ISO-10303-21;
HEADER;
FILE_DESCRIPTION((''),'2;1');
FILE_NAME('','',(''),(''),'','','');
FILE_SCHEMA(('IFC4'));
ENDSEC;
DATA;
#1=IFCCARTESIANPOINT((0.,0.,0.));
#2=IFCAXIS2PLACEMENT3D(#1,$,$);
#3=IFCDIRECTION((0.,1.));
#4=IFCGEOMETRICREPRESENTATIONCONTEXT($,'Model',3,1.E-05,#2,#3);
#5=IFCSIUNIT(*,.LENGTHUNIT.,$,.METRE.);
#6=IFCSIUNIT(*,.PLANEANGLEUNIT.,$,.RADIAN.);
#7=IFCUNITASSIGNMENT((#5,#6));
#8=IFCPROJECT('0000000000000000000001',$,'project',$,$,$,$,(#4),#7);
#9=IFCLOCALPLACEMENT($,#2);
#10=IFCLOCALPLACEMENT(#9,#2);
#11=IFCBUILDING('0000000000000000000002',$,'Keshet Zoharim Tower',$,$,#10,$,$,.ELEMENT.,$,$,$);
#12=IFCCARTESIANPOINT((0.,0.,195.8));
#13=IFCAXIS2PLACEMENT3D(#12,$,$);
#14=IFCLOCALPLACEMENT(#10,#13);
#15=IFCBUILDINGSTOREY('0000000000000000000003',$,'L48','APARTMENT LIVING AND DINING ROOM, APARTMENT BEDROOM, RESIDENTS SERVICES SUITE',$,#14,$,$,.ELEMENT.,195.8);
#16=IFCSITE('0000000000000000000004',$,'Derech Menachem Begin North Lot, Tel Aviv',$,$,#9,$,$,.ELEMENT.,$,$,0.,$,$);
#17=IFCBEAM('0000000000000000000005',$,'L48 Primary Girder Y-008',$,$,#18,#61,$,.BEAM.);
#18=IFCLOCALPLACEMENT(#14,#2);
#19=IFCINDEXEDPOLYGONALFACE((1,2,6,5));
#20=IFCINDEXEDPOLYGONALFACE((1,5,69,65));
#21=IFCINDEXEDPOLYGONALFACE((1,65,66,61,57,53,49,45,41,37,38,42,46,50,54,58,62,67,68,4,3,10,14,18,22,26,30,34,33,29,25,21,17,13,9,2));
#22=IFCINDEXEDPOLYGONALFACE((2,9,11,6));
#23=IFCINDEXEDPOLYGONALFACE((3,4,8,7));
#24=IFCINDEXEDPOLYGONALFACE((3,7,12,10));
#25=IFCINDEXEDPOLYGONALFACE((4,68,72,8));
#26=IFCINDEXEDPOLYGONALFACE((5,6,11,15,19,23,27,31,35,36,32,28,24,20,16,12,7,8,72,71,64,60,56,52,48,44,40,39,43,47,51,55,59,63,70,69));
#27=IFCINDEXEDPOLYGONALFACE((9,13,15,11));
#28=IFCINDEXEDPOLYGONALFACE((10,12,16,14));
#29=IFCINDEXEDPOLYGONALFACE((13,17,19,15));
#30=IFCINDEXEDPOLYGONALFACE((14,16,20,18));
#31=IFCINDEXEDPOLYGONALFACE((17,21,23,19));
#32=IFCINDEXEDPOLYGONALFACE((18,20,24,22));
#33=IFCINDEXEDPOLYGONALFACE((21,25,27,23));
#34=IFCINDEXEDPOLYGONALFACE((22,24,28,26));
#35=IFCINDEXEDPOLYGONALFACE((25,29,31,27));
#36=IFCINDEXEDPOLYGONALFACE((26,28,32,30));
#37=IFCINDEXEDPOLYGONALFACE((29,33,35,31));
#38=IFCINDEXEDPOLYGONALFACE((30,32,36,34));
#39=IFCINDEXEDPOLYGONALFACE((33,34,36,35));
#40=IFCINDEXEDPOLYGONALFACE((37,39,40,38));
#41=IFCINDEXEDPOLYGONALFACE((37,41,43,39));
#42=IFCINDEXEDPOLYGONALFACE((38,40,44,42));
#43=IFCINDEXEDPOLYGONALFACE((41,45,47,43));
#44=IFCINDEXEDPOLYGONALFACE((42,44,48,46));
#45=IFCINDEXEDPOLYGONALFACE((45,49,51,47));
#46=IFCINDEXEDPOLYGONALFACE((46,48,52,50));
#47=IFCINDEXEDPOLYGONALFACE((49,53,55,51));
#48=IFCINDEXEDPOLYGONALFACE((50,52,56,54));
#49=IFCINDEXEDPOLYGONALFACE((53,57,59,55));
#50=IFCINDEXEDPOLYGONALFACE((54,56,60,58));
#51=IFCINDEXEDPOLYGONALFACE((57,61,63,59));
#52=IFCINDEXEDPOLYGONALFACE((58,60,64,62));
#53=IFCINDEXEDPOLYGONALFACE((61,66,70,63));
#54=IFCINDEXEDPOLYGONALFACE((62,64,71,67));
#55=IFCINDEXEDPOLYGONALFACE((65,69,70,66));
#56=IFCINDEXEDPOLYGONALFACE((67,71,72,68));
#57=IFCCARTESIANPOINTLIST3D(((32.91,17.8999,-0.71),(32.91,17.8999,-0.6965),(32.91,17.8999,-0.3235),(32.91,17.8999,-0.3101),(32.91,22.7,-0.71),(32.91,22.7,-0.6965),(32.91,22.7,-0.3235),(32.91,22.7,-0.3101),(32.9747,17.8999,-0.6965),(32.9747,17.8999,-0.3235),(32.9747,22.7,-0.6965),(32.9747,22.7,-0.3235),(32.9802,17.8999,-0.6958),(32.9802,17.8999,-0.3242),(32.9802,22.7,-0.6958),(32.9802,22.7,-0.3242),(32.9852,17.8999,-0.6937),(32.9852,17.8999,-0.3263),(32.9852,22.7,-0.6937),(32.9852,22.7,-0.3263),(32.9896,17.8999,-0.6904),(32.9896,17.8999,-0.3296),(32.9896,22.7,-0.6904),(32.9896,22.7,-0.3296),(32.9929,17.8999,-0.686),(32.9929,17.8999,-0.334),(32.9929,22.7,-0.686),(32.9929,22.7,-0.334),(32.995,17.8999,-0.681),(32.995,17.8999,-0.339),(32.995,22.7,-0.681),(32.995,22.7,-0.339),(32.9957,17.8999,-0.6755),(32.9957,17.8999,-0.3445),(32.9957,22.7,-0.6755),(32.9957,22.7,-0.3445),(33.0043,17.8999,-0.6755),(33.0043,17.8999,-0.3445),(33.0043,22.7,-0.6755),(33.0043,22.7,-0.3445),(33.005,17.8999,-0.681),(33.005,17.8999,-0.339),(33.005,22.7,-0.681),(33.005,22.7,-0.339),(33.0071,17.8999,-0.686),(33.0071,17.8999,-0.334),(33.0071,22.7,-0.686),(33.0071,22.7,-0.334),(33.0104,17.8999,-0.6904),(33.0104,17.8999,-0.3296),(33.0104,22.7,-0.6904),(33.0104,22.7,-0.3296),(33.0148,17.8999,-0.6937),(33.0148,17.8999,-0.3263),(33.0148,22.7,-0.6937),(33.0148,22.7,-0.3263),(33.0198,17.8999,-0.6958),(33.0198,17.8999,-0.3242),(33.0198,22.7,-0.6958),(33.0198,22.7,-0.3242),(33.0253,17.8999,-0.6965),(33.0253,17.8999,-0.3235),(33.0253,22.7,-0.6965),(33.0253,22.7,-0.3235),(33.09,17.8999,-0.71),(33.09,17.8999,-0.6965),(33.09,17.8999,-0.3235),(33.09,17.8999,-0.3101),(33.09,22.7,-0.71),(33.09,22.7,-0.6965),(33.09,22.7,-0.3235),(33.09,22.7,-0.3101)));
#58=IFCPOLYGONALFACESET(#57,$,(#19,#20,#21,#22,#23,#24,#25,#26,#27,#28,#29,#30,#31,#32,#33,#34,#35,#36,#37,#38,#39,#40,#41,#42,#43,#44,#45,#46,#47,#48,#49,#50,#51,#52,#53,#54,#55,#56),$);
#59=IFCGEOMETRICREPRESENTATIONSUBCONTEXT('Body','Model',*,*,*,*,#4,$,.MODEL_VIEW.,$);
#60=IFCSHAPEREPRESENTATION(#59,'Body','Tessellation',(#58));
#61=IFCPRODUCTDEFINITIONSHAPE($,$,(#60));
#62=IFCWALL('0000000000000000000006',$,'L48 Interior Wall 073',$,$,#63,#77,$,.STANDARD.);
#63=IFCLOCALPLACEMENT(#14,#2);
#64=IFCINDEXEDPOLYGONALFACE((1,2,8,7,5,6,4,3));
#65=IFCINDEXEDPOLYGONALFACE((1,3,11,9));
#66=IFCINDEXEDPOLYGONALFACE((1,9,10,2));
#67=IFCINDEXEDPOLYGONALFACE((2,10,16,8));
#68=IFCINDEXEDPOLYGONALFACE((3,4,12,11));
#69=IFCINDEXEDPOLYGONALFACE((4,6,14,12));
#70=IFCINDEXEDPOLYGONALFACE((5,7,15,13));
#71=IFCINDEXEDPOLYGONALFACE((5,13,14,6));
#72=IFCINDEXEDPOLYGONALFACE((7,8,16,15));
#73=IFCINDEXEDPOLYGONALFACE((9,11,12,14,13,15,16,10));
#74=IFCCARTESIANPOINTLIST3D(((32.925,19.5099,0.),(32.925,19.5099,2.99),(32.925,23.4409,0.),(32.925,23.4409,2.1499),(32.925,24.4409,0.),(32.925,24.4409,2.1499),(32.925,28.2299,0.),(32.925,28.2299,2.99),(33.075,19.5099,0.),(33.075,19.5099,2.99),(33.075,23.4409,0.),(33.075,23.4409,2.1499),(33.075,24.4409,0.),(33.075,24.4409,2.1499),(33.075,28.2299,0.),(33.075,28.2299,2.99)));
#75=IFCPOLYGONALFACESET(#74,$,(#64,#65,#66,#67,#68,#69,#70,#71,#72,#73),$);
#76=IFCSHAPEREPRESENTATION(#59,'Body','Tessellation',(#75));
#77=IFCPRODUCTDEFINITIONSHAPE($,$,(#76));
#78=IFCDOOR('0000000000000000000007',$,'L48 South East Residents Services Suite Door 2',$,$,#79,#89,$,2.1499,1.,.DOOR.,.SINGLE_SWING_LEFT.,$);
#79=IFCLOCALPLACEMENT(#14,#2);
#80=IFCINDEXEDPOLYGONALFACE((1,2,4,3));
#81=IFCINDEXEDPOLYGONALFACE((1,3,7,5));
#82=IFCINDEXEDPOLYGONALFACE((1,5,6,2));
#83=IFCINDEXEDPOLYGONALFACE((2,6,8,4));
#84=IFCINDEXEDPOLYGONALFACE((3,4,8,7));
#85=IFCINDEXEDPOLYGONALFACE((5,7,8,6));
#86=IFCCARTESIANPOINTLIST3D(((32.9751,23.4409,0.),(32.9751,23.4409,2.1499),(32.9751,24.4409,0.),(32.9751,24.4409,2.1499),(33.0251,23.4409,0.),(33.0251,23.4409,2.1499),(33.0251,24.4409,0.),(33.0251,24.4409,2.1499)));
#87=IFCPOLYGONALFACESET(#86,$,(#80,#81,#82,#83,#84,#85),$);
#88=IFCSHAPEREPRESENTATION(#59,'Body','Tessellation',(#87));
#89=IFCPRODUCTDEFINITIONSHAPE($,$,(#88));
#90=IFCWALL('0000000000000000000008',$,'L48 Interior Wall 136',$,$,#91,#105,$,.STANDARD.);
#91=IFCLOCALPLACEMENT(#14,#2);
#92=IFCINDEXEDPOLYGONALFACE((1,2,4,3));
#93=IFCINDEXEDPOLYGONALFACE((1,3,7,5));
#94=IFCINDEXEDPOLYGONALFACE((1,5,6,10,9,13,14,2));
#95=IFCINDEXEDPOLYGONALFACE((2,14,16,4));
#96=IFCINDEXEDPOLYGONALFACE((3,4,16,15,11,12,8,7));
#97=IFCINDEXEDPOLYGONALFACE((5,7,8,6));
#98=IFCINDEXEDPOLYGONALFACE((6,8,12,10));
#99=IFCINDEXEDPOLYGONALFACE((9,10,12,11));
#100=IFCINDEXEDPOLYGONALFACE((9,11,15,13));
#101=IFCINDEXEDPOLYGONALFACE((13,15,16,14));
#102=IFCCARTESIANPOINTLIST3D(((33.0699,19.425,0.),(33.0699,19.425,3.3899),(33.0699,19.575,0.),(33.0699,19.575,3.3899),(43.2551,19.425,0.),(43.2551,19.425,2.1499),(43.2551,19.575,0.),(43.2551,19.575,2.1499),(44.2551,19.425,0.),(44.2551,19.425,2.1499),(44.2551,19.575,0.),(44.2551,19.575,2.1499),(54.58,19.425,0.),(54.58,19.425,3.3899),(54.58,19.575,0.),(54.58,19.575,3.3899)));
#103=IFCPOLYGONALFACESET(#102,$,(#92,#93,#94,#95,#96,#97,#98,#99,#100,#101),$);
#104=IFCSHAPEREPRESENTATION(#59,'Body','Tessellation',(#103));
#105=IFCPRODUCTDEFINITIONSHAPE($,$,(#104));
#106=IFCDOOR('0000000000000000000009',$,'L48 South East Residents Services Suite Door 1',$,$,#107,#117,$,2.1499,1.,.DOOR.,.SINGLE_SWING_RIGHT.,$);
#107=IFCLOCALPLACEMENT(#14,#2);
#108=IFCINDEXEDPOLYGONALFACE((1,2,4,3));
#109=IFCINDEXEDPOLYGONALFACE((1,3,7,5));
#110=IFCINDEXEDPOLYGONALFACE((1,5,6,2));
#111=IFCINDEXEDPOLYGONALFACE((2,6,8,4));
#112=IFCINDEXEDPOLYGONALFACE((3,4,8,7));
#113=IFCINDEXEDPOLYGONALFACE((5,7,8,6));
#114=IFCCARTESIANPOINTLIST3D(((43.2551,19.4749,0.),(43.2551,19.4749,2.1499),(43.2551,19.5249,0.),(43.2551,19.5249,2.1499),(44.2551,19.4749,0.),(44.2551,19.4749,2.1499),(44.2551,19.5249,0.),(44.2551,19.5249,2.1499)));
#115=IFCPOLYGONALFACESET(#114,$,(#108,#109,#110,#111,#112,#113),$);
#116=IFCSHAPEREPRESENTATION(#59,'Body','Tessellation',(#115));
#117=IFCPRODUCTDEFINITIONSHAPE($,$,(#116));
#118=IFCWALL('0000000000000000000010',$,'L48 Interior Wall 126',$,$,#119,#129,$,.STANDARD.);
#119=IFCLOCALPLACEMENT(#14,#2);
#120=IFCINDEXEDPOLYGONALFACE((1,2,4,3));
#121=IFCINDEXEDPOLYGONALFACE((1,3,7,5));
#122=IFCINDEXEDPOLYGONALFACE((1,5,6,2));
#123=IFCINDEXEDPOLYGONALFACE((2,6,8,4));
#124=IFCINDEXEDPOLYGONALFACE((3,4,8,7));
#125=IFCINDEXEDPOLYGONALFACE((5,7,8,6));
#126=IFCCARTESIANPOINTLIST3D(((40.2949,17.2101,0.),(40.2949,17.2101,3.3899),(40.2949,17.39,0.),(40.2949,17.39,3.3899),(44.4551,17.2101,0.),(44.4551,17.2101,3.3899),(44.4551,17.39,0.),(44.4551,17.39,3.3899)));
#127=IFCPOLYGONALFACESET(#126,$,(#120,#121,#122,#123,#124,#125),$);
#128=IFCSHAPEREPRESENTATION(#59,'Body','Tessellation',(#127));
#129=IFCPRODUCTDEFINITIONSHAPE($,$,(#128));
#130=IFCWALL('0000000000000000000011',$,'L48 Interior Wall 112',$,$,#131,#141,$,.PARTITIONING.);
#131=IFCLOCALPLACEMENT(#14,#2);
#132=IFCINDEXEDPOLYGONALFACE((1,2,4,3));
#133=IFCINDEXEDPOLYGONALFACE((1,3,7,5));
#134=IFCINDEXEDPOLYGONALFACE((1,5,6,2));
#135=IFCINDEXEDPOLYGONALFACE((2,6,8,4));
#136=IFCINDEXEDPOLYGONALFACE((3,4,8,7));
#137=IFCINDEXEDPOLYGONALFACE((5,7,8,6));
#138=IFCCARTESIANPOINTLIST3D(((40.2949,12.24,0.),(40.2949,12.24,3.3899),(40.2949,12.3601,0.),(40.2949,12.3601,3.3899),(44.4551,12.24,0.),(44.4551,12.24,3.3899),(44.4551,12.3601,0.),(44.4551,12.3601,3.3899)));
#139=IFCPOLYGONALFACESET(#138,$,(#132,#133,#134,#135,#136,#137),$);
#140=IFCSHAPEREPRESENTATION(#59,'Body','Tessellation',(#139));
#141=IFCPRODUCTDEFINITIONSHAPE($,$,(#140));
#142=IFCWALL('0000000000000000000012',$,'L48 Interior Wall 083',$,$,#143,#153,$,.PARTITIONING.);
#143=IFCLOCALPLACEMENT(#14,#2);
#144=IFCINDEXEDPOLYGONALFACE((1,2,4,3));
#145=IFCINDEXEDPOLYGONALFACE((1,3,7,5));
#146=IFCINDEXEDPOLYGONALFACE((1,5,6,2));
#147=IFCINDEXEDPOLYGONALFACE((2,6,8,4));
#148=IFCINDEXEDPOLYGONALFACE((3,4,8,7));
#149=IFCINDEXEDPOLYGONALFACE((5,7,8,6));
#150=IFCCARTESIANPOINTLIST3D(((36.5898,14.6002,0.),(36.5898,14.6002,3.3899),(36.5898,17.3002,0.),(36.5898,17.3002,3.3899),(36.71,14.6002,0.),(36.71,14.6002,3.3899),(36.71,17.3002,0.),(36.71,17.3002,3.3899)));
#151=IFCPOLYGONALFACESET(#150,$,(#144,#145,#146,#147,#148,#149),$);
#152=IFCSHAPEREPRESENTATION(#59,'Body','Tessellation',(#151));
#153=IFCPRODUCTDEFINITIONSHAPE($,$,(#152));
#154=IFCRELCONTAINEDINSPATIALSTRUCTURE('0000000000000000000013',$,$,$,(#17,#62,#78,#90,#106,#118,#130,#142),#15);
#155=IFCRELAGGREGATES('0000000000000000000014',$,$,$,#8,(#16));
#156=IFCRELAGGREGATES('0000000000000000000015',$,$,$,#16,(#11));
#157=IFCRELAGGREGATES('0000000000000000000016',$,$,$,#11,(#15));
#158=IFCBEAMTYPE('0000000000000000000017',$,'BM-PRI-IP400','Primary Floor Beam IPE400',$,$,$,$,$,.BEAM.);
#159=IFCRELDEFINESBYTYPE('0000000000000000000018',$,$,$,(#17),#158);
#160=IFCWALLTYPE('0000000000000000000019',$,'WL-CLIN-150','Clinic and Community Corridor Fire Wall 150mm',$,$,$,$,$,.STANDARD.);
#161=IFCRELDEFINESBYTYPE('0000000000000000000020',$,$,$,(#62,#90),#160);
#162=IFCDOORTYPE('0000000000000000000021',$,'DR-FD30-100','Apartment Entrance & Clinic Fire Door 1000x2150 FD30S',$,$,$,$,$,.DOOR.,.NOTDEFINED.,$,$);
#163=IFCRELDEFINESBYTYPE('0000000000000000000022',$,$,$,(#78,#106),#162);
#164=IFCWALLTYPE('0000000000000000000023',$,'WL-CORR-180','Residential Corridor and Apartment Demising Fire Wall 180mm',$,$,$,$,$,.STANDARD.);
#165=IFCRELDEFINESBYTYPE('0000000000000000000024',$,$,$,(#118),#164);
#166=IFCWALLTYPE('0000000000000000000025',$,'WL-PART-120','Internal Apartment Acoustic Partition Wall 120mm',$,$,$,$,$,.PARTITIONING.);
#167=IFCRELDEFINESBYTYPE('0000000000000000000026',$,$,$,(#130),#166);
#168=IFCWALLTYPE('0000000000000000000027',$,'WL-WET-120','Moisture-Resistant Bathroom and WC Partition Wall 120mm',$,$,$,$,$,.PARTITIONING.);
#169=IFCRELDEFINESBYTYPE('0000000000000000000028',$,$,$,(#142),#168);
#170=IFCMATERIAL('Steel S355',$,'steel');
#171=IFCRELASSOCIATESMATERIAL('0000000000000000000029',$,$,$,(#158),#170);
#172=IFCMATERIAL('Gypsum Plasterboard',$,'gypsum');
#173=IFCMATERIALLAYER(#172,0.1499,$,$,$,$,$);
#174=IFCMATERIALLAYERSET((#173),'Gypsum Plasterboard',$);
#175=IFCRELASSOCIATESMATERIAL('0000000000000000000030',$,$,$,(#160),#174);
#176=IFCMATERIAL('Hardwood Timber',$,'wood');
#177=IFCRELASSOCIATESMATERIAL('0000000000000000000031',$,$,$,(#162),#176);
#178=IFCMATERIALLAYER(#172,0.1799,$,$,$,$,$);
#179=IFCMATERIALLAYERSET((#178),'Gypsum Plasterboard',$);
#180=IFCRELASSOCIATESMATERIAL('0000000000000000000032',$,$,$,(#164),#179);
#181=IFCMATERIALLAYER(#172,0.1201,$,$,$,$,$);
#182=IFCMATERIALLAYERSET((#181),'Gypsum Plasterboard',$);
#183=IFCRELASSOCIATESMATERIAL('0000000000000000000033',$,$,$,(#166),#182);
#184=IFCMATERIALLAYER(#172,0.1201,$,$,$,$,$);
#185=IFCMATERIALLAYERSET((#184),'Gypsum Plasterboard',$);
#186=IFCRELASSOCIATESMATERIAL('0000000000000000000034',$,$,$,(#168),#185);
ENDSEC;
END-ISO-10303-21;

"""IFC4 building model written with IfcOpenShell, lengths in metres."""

from ifc_helpers import new_model, si_unit, direction, frame, frame_2d, origin, origin_2d, place, context, subcontext, project, spatial, rectangle, i_section, extrude, material, layer, layer_set, material_profile, profile_set, type_object, element, fill, save


model = new_model("IFC4")

# Units and contexts
model_context = context("Model", 3, precision=1e-05, world=origin(), true_north=direction((0.0, 1.0)))
body_context = subcontext(model_context, "Body", "Model", "MODEL_VIEW")
ifc_project = project(units=[si_unit("LENGTHUNIT", "METRE"), si_unit("PLANEANGLEUNIT", "RADIAN")], contexts=[model_context])

# Site, building, storey
site_placement = place(None, origin())
site = spatial("IfcSite", under=ifc_project, at=site_placement, Name="Derech Menachem Begin North Lot, Tel Aviv", CompositionType="ELEMENT", RefElevation=0.0)
building_placement = place(site_placement, origin())
building = spatial("IfcBuilding", under=site, at=building_placement, Name="Keshet Zoharim Tower", CompositionType="ELEMENT")
storey_placement = place(building_placement, frame((0.0, 0.0, 195.8)))
storey = spatial("IfcBuildingStorey", under=building, at=storey_placement, Name="L48", Description="APARTMENT LIVING AND DINING ROOM, APARTMENT BEDROOM, RESIDENTS SERVICES SUITE", CompositionType="ELEMENT", Elevation=195.8)

# Beam
ifc_material_1 = material(Name="Steel S355", Category="steel")
ifc_material_profile_1 = material_profile(ifc_material_1, i_section(OverallWidth=0.1799, OverallDepth=0.3999, WebThickness=0.0085, FlangeThickness=0.0134, FilletRadius=0.021, at=origin_2d()), Name="IPE400")
ifc_profile_set_1 = profile_set([ifc_material_profile_1], Name="Steel S355")
beam_type_1 = type_object("IfcBeamType", Name="BM-PRI-IP400", Description="Primary Floor Beam IPE400", PredefinedType="BEAM", material=ifc_profile_set_1)
beam_1_placement = place(storey_placement, frame((33.0, 17.8999, -0.51), z_axis=(0.0, 1.0, 0.0), x_axis=(-1.0, 0.0, 0.0)))
element("IfcBeam", 1, at=beam_1_placement, inside=storey, type_object=beam_type_1, Name="L48 Primary Girder Y-008", PredefinedType="BEAM", context=body_context, shape_type="SweptSolid", body=[
    extrude(i_section(OverallWidth=0.1799, OverallDepth=0.3999, WebThickness=0.0085, FlangeThickness=0.0134, FilletRadius=0.021, at=origin_2d()), origin(), (0.0, 0.0, 1.0), 4.8),
])

# Walls, openings, doors
ifc_material_2 = material(Name="Gypsum Plasterboard", Category="gypsum")
ifc_layer_1 = layer(ifc_material_2, 0.1499)
ifc_layer_set_1 = layer_set([ifc_layer_1], Name="Gypsum Plasterboard")
wall_type_1 = type_object("IfcWallType", Name="WL-CLIN-150", Description="Clinic and Community Corridor Fire Wall 150mm", PredefinedType="STANDARD", material=ifc_layer_set_1)
wall_1_placement = place(storey_placement, frame((33.0, 19.51, 0.0), z_axis=(0.0, 0.0, 1.0), x_axis=(0.0, 1.0, 0.0)))
wall_1 = element("IfcWall", 2, at=wall_1_placement, inside=storey, type_object=wall_type_1, Name="L48 Interior Wall 073", PredefinedType="STANDARD", context=body_context, shape_type="SweptSolid", body=[
    extrude(rectangle(XDim=8.72, YDim=0.1499, at=frame_2d((4.3599, 0.0))), origin(), (0.0, 0.0, 1.0), 2.99),
])
opening_1_placement = place(wall_1_placement, frame((3.9309, 0.0, 0.0)))
opening_1 = element("IfcOpeningElement", 3, at=opening_1_placement, cuts=wall_1, PredefinedType="OPENING", context=body_context, shape_type="SweptSolid", body=[
    extrude(rectangle(XDim=1.0, YDim=2.1499, at=frame_2d((0.5, 1.075))), frame((0.0, 0.085, 0.0), z_axis=(0.0, -1.0, 0.0), x_axis=(1.0, 0.0, 0.0)), (0.0, 0.0, 1.0), 0.1699),
])
ifc_material_3 = material(Name="Hardwood Timber", Category="wood")
door_type_1 = type_object("IfcDoorType", Name="DR-FD30-100", Description="Apartment Entrance & Clinic Fire Door 1000x2150 FD30S", OperationType="NOTDEFINED", PredefinedType="DOOR", material=ifc_material_3)
door_1_placement = place(opening_1_placement, origin())
door_1 = element("IfcDoor", 4, at=door_1_placement, inside=storey, type_object=door_type_1, Name="L48 South East Residents Services Suite Door 2", OperationType="SINGLE_SWING_LEFT", OverallHeight=2.1499, OverallWidth=1.0, PredefinedType="DOOR", context=body_context, shape_type="SweptSolid", body=[
    extrude(rectangle(XDim=1.0, YDim=2.1499, at=frame_2d((0.5, 1.075))), frame((0.0, 0.0249, 0.0), z_axis=(0.0, -1.0, 0.0), x_axis=(1.0, 0.0, 0.0)), (0.0, 0.0, 1.0), 0.05),
])
fill(opening_1, door_1)
wall_2_placement = place(storey_placement, frame((33.0701, 19.5, 0.0), z_axis=(0.0, 0.0, 1.0), x_axis=(1.0, 0.0, 0.0)))
wall_2 = element("IfcWall", 5, at=wall_2_placement, inside=storey, type_object=wall_type_1, Name="L48 Interior Wall 136", PredefinedType="STANDARD", context=body_context, shape_type="SweptSolid", body=[
    extrude(rectangle(XDim=21.51, YDim=0.1499, at=frame_2d((10.7549, 0.0))), origin(), (0.0, 0.0, 1.0), 3.3899),
])
opening_2_placement = place(wall_2_placement, frame((10.1851, 0.0, 0.0)))
opening_2 = element("IfcOpeningElement", 6, at=opening_2_placement, cuts=wall_2, PredefinedType="OPENING", context=body_context, shape_type="SweptSolid", body=[
    extrude(rectangle(XDim=1.0, YDim=2.1499, at=frame_2d((0.5, 1.075))), frame((0.0, 0.085, 0.0), z_axis=(0.0, -1.0, 0.0), x_axis=(1.0, 0.0, 0.0)), (0.0, 0.0, 1.0), 0.1699),
])
door_2_placement = place(opening_2_placement, origin())
door_2 = element("IfcDoor", 7, at=door_2_placement, inside=storey, type_object=door_type_1, Name="L48 South East Residents Services Suite Door 1", OperationType="SINGLE_SWING_RIGHT", OverallHeight=2.1499, OverallWidth=1.0, PredefinedType="DOOR", context=body_context, shape_type="SweptSolid", body=[
    extrude(rectangle(XDim=1.0, YDim=2.1499, at=frame_2d((0.5, 1.075))), frame((0.0, 0.0249, 0.0), z_axis=(0.0, -1.0, 0.0), x_axis=(1.0, 0.0, 0.0)), (0.0, 0.0, 1.0), 0.05),
])
fill(opening_2, door_2)
ifc_layer_2 = layer(ifc_material_2, 0.1799)
ifc_layer_set_2 = layer_set([ifc_layer_2], Name="Gypsum Plasterboard")
wall_type_2 = type_object("IfcWallType", Name="WL-CORR-180", Description="Residential Corridor and Apartment Demising Fire Wall 180mm", PredefinedType="STANDARD", material=ifc_layer_set_2)

# Wall
wall_3_placement = place(storey_placement, frame((40.2949, 17.3, 0.0), z_axis=(0.0, 0.0, 1.0), x_axis=(1.0, 0.0, 0.0)))
element("IfcWall", 8, at=wall_3_placement, inside=storey, type_object=wall_type_2, Name="L48 Interior Wall 126", PredefinedType="STANDARD", context=body_context, shape_type="SweptSolid", body=[
    extrude(rectangle(XDim=4.1602, YDim=0.1799, at=frame_2d((2.0801, 0.0))), origin(), (0.0, 0.0, 1.0), 3.3899),
])

# Shared definitions
ifc_layer_3 = layer(ifc_material_2, 0.1201)
ifc_layer_set_3 = layer_set([ifc_layer_3], Name="Gypsum Plasterboard")
wall_type_3 = type_object("IfcWallType", Name="WL-PART-120", Description="Internal Apartment Acoustic Partition Wall 120mm", PredefinedType="PARTITIONING", material=ifc_layer_set_3)

# Walls
wall_4_placement = place(storey_placement, frame((40.2949, 12.3, 0.0), z_axis=(0.0, 0.0, 1.0), x_axis=(1.0, 0.0, 0.0)))
element("IfcWall", 9, at=wall_4_placement, inside=storey, type_object=wall_type_3, Name="L48 Interior Wall 112", PredefinedType="PARTITIONING", context=body_context, shape_type="SweptSolid", body=[
    extrude(rectangle(XDim=4.1602, YDim=0.1201, at=frame_2d((2.0801, 0.0))), origin(), (0.0, 0.0, 1.0), 3.3899),
])
ifc_layer_4 = layer(ifc_material_2, 0.1201)
ifc_layer_set_4 = layer_set([ifc_layer_4], Name="Gypsum Plasterboard")
wall_type_4 = type_object("IfcWallType", Name="WL-WET-120", Description="Moisture-Resistant Bathroom and WC Partition Wall 120mm", PredefinedType="PARTITIONING", material=ifc_layer_set_4)
wall_5_placement = place(storey_placement, frame((36.6499, 14.6001, 0.0), z_axis=(0.0, 0.0, 1.0), x_axis=(0.0, 1.0, 0.0)))
element("IfcWall", 10, at=wall_5_placement, inside=storey, type_object=wall_type_4, Name="L48 Interior Wall 083", PredefinedType="PARTITIONING", context=body_context, shape_type="SweptSolid", body=[
    extrude(rectangle(XDim=2.7, YDim=0.1201, at=frame_2d((1.3501, 0.0))), origin(), (0.0, 0.0, 1.0), 3.3899),
])

save(model, "model.ifc")
